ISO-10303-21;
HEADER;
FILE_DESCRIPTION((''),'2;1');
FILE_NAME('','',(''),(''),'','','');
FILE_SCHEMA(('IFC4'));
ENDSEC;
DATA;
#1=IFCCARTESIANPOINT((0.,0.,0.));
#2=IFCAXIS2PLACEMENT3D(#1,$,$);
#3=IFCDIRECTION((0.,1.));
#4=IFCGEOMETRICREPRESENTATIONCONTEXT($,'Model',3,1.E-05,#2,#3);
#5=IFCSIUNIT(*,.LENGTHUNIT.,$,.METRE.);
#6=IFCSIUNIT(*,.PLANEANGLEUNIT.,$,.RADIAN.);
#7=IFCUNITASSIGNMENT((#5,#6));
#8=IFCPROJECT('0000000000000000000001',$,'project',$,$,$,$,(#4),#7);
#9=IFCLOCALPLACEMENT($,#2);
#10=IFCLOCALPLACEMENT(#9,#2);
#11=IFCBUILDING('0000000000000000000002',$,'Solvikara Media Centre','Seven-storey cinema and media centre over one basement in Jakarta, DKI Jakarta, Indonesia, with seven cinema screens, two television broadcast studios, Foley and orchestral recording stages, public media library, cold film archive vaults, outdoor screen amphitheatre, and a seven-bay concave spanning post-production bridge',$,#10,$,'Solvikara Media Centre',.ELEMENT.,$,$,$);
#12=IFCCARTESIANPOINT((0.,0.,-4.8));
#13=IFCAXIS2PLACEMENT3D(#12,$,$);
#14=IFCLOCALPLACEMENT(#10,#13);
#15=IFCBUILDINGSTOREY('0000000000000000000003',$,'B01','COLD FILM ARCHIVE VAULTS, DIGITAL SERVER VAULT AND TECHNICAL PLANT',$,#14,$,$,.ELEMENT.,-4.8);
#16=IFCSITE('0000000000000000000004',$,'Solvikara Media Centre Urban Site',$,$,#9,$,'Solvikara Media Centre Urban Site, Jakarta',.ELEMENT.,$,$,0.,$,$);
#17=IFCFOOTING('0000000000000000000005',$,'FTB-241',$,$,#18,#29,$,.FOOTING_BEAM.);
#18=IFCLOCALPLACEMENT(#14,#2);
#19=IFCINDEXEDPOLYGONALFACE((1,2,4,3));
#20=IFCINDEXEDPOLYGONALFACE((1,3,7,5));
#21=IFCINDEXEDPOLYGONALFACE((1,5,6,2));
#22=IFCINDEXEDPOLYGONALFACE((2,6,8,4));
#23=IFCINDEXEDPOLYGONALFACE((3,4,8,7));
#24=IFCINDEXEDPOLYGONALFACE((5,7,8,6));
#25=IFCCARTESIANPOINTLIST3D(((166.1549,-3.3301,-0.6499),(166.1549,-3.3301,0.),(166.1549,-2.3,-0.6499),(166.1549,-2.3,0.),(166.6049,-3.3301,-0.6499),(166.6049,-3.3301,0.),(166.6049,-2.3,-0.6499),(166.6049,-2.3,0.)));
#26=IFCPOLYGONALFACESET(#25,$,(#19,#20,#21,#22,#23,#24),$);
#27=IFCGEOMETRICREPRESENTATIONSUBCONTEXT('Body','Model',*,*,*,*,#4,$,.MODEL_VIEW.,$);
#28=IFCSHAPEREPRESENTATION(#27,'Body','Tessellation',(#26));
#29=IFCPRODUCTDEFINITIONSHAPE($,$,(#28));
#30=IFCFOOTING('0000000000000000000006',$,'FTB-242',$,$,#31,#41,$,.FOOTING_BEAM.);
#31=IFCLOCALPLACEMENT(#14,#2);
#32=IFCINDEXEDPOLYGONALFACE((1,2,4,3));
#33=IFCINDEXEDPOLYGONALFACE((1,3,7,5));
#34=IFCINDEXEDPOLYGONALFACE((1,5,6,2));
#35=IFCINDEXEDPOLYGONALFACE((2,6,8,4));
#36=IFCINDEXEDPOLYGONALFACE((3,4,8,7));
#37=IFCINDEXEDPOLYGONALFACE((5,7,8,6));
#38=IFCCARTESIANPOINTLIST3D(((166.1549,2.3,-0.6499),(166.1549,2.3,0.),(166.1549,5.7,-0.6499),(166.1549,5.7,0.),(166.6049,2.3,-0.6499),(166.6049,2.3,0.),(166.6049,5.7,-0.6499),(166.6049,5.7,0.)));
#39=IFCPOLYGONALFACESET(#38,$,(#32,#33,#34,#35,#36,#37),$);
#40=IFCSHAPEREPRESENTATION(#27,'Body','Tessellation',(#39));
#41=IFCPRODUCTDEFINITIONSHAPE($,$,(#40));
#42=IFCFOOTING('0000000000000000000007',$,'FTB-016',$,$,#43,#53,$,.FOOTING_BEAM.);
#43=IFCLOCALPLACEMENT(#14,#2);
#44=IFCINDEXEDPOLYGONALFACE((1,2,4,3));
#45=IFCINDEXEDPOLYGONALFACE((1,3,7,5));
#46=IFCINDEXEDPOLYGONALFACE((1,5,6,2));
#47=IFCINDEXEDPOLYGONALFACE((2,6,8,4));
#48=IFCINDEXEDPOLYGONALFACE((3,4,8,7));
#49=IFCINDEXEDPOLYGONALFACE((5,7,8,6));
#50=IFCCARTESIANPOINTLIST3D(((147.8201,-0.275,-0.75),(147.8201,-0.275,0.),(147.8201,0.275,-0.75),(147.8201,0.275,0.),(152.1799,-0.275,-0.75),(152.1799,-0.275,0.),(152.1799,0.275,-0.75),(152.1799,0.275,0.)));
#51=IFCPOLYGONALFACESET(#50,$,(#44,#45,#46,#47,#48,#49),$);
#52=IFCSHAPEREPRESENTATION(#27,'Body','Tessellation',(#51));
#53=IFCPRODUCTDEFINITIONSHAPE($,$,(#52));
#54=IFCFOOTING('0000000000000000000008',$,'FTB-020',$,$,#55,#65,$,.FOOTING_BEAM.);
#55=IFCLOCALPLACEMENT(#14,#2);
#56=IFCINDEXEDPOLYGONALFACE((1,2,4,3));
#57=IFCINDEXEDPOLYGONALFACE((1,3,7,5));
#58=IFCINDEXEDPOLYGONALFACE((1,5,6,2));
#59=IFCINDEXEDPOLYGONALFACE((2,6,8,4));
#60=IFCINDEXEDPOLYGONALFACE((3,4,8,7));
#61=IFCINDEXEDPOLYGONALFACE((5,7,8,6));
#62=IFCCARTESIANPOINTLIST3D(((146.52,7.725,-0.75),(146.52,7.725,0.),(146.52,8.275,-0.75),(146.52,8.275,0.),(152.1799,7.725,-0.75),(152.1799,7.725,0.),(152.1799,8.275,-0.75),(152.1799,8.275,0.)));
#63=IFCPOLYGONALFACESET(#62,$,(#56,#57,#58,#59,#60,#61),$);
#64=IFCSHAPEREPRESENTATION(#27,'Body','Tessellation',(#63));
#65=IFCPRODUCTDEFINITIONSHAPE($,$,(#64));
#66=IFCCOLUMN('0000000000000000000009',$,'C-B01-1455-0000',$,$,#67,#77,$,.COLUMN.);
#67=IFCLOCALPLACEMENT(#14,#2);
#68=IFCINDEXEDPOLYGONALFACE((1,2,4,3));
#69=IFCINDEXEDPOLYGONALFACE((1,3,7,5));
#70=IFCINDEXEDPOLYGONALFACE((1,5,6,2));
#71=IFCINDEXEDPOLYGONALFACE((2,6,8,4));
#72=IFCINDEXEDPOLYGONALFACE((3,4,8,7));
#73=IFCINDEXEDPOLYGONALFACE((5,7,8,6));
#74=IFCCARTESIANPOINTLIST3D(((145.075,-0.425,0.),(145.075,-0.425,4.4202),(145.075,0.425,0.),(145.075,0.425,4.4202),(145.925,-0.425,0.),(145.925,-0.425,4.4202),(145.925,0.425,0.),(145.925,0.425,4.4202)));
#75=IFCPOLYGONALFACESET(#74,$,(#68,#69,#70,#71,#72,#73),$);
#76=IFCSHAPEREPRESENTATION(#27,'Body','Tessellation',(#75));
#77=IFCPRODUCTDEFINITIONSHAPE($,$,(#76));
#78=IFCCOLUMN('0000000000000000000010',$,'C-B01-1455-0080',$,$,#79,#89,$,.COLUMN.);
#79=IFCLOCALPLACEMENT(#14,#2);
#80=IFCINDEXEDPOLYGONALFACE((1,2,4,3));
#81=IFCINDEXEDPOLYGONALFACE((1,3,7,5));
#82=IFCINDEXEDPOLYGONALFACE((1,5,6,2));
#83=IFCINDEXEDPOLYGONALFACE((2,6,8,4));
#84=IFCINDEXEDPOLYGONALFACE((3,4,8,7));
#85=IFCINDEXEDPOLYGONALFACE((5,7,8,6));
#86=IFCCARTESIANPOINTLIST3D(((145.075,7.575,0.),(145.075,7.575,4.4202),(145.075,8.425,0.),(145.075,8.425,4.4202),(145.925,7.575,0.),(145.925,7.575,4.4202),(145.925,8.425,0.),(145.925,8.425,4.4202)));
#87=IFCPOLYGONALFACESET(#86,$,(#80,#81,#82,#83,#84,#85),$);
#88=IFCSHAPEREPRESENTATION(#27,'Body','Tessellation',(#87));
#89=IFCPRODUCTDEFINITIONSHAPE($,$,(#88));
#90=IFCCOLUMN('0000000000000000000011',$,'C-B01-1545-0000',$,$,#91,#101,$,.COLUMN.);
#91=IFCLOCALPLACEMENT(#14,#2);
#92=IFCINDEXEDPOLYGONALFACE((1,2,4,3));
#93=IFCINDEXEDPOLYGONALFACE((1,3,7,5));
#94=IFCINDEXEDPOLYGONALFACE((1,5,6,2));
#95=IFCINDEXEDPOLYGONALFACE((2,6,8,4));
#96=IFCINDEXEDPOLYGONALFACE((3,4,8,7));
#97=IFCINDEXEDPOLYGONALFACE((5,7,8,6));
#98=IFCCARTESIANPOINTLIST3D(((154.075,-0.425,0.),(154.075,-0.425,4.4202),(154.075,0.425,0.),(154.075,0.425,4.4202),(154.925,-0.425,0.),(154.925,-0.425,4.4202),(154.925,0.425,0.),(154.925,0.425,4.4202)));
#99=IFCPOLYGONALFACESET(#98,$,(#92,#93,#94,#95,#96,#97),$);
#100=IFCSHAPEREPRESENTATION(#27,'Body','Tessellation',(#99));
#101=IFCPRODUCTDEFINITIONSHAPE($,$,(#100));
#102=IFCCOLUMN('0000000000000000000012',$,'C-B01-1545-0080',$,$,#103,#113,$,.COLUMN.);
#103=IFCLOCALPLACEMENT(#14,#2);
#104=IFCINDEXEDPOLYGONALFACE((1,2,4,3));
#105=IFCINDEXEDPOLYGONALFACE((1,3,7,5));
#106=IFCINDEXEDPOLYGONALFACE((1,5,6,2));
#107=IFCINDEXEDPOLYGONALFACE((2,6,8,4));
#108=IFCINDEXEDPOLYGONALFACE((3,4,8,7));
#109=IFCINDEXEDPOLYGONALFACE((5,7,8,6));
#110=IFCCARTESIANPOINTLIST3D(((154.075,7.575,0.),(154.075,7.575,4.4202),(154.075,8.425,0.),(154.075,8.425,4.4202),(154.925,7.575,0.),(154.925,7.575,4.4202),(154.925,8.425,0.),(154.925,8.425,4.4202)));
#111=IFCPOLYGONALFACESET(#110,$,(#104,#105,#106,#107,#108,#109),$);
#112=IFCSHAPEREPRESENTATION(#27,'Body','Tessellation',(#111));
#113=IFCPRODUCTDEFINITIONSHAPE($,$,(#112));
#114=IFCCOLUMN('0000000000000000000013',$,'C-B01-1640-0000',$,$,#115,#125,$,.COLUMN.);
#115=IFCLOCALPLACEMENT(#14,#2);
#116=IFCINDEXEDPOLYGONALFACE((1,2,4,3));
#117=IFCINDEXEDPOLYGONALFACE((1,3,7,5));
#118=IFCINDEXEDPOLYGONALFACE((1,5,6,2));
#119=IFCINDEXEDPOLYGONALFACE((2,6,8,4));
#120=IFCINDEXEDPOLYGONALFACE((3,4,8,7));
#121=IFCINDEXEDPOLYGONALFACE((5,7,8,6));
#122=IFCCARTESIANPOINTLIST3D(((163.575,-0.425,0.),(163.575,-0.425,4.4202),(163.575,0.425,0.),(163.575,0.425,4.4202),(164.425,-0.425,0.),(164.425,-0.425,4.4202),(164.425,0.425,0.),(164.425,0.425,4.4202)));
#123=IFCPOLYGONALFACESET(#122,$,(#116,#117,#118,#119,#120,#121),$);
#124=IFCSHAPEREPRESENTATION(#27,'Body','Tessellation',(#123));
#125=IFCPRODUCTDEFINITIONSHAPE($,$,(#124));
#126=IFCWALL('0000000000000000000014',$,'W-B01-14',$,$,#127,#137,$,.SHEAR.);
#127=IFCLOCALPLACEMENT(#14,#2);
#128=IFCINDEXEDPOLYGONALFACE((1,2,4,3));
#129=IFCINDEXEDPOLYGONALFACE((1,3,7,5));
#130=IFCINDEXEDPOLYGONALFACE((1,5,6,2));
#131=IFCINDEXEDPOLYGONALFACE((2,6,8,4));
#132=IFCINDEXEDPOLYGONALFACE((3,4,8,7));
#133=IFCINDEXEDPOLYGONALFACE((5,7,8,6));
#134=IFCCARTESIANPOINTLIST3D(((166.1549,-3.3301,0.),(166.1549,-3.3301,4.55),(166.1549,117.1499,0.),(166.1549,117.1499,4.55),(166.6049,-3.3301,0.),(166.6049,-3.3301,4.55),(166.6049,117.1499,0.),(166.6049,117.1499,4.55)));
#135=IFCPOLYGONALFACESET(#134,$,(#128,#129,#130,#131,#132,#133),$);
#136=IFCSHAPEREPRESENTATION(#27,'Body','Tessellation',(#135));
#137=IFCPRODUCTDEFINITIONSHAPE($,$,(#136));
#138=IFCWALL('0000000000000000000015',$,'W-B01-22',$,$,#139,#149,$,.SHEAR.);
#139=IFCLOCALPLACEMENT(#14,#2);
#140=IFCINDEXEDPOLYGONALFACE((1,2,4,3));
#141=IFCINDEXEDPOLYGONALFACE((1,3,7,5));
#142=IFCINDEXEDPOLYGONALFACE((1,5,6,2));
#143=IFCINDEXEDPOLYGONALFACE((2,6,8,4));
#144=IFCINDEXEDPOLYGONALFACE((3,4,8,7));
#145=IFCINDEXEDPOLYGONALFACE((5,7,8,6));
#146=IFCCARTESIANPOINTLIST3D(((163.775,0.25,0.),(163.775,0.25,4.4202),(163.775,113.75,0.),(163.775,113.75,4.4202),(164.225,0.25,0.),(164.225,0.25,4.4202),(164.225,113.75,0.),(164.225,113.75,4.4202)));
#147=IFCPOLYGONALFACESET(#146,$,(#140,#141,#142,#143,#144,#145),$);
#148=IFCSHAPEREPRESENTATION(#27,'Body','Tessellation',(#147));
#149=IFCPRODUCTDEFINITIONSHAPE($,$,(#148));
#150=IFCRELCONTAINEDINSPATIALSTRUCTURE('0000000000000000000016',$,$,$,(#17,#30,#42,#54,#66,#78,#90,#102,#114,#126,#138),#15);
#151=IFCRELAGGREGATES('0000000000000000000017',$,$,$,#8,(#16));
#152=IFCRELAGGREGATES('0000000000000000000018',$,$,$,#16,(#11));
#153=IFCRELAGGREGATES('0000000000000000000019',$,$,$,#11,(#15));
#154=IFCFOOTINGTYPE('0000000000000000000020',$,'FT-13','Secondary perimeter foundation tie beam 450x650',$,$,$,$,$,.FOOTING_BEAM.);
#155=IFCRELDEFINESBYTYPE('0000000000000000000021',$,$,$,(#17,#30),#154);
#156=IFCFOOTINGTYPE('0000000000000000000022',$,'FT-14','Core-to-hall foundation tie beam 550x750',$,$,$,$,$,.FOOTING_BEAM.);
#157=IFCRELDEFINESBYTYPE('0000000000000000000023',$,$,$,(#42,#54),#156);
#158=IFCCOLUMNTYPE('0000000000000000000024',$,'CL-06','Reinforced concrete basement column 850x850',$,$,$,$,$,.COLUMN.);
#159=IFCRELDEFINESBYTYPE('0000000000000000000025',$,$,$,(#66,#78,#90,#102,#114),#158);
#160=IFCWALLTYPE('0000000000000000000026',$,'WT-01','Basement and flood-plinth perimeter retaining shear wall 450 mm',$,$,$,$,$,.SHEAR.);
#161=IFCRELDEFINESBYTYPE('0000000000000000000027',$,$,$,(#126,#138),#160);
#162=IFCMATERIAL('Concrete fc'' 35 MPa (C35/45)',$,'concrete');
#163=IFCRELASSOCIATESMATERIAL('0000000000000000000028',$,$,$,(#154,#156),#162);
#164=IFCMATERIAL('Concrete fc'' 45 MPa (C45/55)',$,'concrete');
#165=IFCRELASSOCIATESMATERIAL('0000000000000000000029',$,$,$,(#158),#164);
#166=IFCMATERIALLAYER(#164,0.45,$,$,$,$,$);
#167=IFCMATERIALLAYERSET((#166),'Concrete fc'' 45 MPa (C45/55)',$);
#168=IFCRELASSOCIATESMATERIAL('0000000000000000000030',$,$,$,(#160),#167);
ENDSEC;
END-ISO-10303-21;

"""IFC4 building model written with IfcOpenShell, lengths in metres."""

from ifc_helpers import new_model, si_unit, direction, frame, frame_2d, origin, origin_2d, place, context, subcontext, project, spatial, rectangle, extrude, material, layer, layer_set, material_profile, profile_set, type_object, element, save


model = new_model("IFC4")

# Units and contexts
model_context = context("Model", 3, precision=1e-05, world=origin(), true_north=direction((0.0, 1.0)))
body_context = subcontext(model_context, "Body", "Model", "MODEL_VIEW")
ifc_project = project(units=[si_unit("LENGTHUNIT", "METRE"), si_unit("PLANEANGLEUNIT", "RADIAN")], contexts=[model_context])

# Site, building, storey
site_placement = place(None, origin())
site = spatial("IfcSite", under=ifc_project, at=site_placement, Name="Solvikara Media Centre Urban Site", LongName="Solvikara Media Centre Urban Site, Jakarta", CompositionType="ELEMENT", RefElevation=0.0)
building_placement = place(site_placement, origin())
building = spatial("IfcBuilding", under=site, at=building_placement, Name="Solvikara Media Centre", Description="Seven-storey cinema and media centre over one basement in Jakarta, DKI Jakarta, Indonesia, with seven cinema screens, two television broadcast studios, Foley and orchestral recording stages, public media library, cold film archive vaults, outdoor screen amphitheatre, and a seven-bay concave spanning post-production bridge", LongName="Solvikara Media Centre", CompositionType="ELEMENT")
storey_placement = place(building_placement, frame((0.0, 0.0, -4.8)))
storey = spatial("IfcBuildingStorey", under=building, at=storey_placement, Name="B01", Description="COLD FILM ARCHIVE VAULTS, DIGITAL SERVER VAULT AND TECHNICAL PLANT", CompositionType="ELEMENT", Elevation=-4.8)

# Shared definitions
ifc_material_1 = material(Name="Concrete fc' 35 MPa (C35/45)", Category="concrete")

# Footings
ifc_material_profile_1 = material_profile(ifc_material_1, rectangle(XDim=0.45, YDim=0.6499, at=origin_2d()), Name="RC 450x650")
ifc_profile_set_1 = profile_set([ifc_material_profile_1], Name="Concrete fc' 35 MPa (C35/45)")
footing_type_1 = type_object("IfcFootingType", Name="FT-13", Description="Secondary perimeter foundation tie beam 450x650", PredefinedType="FOOTING_BEAM", material=ifc_profile_set_1)
footing_1_placement = place(storey_placement, frame((166.3799, -3.3301, -0.325), z_axis=(0.0, 1.0, 0.0), x_axis=(-1.0, 0.0, 0.0)))
element("IfcFooting", 1, at=footing_1_placement, inside=storey, type_object=footing_type_1, Name="FTB-241", PredefinedType="FOOTING_BEAM", context=body_context, shape_type="SweptSolid", body=[
    extrude(rectangle(XDim=0.45, YDim=0.6499, at=origin_2d()), origin(), (0.0, 0.0, 1.0), 1.03),
])
footing_2_placement = place(storey_placement, frame((166.3799, 2.3, -0.325), z_axis=(0.0, 1.0, 0.0), x_axis=(-1.0, 0.0, 0.0)))
element("IfcFooting", 2, at=footing_2_placement, inside=storey, type_object=footing_type_1, Name="FTB-242", PredefinedType="FOOTING_BEAM", context=body_context, shape_type="SweptSolid", body=[
    extrude(rectangle(XDim=0.45, YDim=0.6499, at=origin_2d()), origin(), (0.0, 0.0, 1.0), 3.3999),
])
ifc_material_profile_2 = material_profile(ifc_material_1, rectangle(XDim=0.55, YDim=0.75, at=origin_2d()), Name="RC 550x750")
ifc_profile_set_2 = profile_set([ifc_material_profile_2], Name="Concrete fc' 35 MPa (C35/45)")
footing_type_2 = type_object("IfcFootingType", Name="FT-14", Description="Core-to-hall foundation tie beam 550x750", PredefinedType="FOOTING_BEAM", material=ifc_profile_set_2)
footing_3_placement = place(storey_placement, frame((147.8201, 0.0, -0.375), z_axis=(1.0, 0.0, 0.0), x_axis=(0.0, 1.0, 0.0)))
element("IfcFooting", 3, at=footing_3_placement, inside=storey, type_object=footing_type_2, Name="FTB-016", PredefinedType="FOOTING_BEAM", context=body_context, shape_type="SweptSolid", body=[
    extrude(rectangle(XDim=0.55, YDim=0.75, at=origin_2d()), origin(), (0.0, 0.0, 1.0), 4.3599),
])
footing_4_placement = place(storey_placement, frame((146.52, 8.0, -0.375), z_axis=(1.0, 0.0, 0.0), x_axis=(0.0, 1.0, 0.0)))
element("IfcFooting", 4, at=footing_4_placement, inside=storey, type_object=footing_type_2, Name="FTB-020", PredefinedType="FOOTING_BEAM", context=body_context, shape_type="SweptSolid", body=[
    extrude(rectangle(XDim=0.55, YDim=0.75, at=origin_2d()), origin(), (0.0, 0.0, 1.0), 5.6599),
])

# Columns
ifc_material_2 = material(Name="Concrete fc' 45 MPa (C45/55)", Category="concrete")
ifc_material_profile_3 = material_profile(ifc_material_2, rectangle(XDim=0.8501, YDim=0.8501, at=origin_2d()), Name="RC 850x850")
ifc_profile_set_3 = profile_set([ifc_material_profile_3], Name="Concrete fc' 45 MPa (C45/55)")
column_type = type_object("IfcColumnType", Name="CL-06", Description="Reinforced concrete basement column 850x850", PredefinedType="COLUMN", material=ifc_profile_set_3)
for number, where, z_axis, x_axis, name in (
    (5, (145.5, 0.0, 0.0), (0.0, 0.0, 1.0), (1.0, 0.0, 0.0), "C-B01-1455-0000"),
    (6, (145.5, 8.0, 0.0), (0.0, 0.0, 1.0), (1.0, 0.0, 0.0), "C-B01-1455-0080"),
    (7, (154.5, 0.0, 0.0), (0.0, 0.0, 1.0), (1.0, 0.0, 0.0), "C-B01-1545-0000"),
    (8, (154.5, 8.0, 0.0), (0.0, 0.0, 1.0), (1.0, 0.0, 0.0), "C-B01-1545-0080"),
    (9, (164.0, 0.0, 0.0), (0.0, 0.0, 1.0), (1.0, 0.0, 0.0), "C-B01-1640-0000"),
):
    element("IfcColumn", number, at=place(storey_placement, frame(where, z_axis=z_axis, x_axis=x_axis)), inside=storey, type_object=column_type, Name=name, PredefinedType="COLUMN", context=body_context, shape_type="SweptSolid", body=[
        extrude(rectangle(XDim=0.8501, YDim=0.8501, at=origin_2d()), origin(), (0.0, 0.0, 1.0), 4.4202),
    ])

# Walls
ifc_layer = layer(ifc_material_2, 0.45)
ifc_layer_set = layer_set([ifc_layer], Name="Concrete fc' 45 MPa (C45/55)")
wall_type = type_object("IfcWallType", Name="WT-01", Description="Basement and flood-plinth perimeter retaining shear wall 450 mm", PredefinedType="SHEAR", material=ifc_layer_set)
wall_1_placement = place(storey_placement, frame((166.3799, -3.3301, 0.0), z_axis=(0.0, 0.0, 1.0), x_axis=(0.0, 1.0, 0.0)))
element("IfcWall", 10, at=wall_1_placement, inside=storey, type_object=wall_type, Name="W-B01-14", PredefinedType="SHEAR", context=body_context, shape_type="SweptSolid", body=[
    extrude(rectangle(XDim=120.48, YDim=0.45, at=frame_2d((60.24, 0.0))), origin(), (0.0, 0.0, 1.0), 4.55),
])
wall_2_placement = place(storey_placement, frame((164.0, 0.25, 0.0), z_axis=(0.0, 0.0, 1.0), x_axis=(0.0, 1.0, 0.0)))
element("IfcWall", 11, at=wall_2_placement, inside=storey, type_object=wall_type, Name="W-B01-22", PredefinedType="SHEAR", context=body_context, shape_type="SweptSolid", body=[
    extrude(rectangle(XDim=113.5, YDim=0.45, at=frame_2d((56.75, 0.0))), origin(), (0.0, 0.0, 1.0), 4.4202),
])

save(model, "model.ifc")
